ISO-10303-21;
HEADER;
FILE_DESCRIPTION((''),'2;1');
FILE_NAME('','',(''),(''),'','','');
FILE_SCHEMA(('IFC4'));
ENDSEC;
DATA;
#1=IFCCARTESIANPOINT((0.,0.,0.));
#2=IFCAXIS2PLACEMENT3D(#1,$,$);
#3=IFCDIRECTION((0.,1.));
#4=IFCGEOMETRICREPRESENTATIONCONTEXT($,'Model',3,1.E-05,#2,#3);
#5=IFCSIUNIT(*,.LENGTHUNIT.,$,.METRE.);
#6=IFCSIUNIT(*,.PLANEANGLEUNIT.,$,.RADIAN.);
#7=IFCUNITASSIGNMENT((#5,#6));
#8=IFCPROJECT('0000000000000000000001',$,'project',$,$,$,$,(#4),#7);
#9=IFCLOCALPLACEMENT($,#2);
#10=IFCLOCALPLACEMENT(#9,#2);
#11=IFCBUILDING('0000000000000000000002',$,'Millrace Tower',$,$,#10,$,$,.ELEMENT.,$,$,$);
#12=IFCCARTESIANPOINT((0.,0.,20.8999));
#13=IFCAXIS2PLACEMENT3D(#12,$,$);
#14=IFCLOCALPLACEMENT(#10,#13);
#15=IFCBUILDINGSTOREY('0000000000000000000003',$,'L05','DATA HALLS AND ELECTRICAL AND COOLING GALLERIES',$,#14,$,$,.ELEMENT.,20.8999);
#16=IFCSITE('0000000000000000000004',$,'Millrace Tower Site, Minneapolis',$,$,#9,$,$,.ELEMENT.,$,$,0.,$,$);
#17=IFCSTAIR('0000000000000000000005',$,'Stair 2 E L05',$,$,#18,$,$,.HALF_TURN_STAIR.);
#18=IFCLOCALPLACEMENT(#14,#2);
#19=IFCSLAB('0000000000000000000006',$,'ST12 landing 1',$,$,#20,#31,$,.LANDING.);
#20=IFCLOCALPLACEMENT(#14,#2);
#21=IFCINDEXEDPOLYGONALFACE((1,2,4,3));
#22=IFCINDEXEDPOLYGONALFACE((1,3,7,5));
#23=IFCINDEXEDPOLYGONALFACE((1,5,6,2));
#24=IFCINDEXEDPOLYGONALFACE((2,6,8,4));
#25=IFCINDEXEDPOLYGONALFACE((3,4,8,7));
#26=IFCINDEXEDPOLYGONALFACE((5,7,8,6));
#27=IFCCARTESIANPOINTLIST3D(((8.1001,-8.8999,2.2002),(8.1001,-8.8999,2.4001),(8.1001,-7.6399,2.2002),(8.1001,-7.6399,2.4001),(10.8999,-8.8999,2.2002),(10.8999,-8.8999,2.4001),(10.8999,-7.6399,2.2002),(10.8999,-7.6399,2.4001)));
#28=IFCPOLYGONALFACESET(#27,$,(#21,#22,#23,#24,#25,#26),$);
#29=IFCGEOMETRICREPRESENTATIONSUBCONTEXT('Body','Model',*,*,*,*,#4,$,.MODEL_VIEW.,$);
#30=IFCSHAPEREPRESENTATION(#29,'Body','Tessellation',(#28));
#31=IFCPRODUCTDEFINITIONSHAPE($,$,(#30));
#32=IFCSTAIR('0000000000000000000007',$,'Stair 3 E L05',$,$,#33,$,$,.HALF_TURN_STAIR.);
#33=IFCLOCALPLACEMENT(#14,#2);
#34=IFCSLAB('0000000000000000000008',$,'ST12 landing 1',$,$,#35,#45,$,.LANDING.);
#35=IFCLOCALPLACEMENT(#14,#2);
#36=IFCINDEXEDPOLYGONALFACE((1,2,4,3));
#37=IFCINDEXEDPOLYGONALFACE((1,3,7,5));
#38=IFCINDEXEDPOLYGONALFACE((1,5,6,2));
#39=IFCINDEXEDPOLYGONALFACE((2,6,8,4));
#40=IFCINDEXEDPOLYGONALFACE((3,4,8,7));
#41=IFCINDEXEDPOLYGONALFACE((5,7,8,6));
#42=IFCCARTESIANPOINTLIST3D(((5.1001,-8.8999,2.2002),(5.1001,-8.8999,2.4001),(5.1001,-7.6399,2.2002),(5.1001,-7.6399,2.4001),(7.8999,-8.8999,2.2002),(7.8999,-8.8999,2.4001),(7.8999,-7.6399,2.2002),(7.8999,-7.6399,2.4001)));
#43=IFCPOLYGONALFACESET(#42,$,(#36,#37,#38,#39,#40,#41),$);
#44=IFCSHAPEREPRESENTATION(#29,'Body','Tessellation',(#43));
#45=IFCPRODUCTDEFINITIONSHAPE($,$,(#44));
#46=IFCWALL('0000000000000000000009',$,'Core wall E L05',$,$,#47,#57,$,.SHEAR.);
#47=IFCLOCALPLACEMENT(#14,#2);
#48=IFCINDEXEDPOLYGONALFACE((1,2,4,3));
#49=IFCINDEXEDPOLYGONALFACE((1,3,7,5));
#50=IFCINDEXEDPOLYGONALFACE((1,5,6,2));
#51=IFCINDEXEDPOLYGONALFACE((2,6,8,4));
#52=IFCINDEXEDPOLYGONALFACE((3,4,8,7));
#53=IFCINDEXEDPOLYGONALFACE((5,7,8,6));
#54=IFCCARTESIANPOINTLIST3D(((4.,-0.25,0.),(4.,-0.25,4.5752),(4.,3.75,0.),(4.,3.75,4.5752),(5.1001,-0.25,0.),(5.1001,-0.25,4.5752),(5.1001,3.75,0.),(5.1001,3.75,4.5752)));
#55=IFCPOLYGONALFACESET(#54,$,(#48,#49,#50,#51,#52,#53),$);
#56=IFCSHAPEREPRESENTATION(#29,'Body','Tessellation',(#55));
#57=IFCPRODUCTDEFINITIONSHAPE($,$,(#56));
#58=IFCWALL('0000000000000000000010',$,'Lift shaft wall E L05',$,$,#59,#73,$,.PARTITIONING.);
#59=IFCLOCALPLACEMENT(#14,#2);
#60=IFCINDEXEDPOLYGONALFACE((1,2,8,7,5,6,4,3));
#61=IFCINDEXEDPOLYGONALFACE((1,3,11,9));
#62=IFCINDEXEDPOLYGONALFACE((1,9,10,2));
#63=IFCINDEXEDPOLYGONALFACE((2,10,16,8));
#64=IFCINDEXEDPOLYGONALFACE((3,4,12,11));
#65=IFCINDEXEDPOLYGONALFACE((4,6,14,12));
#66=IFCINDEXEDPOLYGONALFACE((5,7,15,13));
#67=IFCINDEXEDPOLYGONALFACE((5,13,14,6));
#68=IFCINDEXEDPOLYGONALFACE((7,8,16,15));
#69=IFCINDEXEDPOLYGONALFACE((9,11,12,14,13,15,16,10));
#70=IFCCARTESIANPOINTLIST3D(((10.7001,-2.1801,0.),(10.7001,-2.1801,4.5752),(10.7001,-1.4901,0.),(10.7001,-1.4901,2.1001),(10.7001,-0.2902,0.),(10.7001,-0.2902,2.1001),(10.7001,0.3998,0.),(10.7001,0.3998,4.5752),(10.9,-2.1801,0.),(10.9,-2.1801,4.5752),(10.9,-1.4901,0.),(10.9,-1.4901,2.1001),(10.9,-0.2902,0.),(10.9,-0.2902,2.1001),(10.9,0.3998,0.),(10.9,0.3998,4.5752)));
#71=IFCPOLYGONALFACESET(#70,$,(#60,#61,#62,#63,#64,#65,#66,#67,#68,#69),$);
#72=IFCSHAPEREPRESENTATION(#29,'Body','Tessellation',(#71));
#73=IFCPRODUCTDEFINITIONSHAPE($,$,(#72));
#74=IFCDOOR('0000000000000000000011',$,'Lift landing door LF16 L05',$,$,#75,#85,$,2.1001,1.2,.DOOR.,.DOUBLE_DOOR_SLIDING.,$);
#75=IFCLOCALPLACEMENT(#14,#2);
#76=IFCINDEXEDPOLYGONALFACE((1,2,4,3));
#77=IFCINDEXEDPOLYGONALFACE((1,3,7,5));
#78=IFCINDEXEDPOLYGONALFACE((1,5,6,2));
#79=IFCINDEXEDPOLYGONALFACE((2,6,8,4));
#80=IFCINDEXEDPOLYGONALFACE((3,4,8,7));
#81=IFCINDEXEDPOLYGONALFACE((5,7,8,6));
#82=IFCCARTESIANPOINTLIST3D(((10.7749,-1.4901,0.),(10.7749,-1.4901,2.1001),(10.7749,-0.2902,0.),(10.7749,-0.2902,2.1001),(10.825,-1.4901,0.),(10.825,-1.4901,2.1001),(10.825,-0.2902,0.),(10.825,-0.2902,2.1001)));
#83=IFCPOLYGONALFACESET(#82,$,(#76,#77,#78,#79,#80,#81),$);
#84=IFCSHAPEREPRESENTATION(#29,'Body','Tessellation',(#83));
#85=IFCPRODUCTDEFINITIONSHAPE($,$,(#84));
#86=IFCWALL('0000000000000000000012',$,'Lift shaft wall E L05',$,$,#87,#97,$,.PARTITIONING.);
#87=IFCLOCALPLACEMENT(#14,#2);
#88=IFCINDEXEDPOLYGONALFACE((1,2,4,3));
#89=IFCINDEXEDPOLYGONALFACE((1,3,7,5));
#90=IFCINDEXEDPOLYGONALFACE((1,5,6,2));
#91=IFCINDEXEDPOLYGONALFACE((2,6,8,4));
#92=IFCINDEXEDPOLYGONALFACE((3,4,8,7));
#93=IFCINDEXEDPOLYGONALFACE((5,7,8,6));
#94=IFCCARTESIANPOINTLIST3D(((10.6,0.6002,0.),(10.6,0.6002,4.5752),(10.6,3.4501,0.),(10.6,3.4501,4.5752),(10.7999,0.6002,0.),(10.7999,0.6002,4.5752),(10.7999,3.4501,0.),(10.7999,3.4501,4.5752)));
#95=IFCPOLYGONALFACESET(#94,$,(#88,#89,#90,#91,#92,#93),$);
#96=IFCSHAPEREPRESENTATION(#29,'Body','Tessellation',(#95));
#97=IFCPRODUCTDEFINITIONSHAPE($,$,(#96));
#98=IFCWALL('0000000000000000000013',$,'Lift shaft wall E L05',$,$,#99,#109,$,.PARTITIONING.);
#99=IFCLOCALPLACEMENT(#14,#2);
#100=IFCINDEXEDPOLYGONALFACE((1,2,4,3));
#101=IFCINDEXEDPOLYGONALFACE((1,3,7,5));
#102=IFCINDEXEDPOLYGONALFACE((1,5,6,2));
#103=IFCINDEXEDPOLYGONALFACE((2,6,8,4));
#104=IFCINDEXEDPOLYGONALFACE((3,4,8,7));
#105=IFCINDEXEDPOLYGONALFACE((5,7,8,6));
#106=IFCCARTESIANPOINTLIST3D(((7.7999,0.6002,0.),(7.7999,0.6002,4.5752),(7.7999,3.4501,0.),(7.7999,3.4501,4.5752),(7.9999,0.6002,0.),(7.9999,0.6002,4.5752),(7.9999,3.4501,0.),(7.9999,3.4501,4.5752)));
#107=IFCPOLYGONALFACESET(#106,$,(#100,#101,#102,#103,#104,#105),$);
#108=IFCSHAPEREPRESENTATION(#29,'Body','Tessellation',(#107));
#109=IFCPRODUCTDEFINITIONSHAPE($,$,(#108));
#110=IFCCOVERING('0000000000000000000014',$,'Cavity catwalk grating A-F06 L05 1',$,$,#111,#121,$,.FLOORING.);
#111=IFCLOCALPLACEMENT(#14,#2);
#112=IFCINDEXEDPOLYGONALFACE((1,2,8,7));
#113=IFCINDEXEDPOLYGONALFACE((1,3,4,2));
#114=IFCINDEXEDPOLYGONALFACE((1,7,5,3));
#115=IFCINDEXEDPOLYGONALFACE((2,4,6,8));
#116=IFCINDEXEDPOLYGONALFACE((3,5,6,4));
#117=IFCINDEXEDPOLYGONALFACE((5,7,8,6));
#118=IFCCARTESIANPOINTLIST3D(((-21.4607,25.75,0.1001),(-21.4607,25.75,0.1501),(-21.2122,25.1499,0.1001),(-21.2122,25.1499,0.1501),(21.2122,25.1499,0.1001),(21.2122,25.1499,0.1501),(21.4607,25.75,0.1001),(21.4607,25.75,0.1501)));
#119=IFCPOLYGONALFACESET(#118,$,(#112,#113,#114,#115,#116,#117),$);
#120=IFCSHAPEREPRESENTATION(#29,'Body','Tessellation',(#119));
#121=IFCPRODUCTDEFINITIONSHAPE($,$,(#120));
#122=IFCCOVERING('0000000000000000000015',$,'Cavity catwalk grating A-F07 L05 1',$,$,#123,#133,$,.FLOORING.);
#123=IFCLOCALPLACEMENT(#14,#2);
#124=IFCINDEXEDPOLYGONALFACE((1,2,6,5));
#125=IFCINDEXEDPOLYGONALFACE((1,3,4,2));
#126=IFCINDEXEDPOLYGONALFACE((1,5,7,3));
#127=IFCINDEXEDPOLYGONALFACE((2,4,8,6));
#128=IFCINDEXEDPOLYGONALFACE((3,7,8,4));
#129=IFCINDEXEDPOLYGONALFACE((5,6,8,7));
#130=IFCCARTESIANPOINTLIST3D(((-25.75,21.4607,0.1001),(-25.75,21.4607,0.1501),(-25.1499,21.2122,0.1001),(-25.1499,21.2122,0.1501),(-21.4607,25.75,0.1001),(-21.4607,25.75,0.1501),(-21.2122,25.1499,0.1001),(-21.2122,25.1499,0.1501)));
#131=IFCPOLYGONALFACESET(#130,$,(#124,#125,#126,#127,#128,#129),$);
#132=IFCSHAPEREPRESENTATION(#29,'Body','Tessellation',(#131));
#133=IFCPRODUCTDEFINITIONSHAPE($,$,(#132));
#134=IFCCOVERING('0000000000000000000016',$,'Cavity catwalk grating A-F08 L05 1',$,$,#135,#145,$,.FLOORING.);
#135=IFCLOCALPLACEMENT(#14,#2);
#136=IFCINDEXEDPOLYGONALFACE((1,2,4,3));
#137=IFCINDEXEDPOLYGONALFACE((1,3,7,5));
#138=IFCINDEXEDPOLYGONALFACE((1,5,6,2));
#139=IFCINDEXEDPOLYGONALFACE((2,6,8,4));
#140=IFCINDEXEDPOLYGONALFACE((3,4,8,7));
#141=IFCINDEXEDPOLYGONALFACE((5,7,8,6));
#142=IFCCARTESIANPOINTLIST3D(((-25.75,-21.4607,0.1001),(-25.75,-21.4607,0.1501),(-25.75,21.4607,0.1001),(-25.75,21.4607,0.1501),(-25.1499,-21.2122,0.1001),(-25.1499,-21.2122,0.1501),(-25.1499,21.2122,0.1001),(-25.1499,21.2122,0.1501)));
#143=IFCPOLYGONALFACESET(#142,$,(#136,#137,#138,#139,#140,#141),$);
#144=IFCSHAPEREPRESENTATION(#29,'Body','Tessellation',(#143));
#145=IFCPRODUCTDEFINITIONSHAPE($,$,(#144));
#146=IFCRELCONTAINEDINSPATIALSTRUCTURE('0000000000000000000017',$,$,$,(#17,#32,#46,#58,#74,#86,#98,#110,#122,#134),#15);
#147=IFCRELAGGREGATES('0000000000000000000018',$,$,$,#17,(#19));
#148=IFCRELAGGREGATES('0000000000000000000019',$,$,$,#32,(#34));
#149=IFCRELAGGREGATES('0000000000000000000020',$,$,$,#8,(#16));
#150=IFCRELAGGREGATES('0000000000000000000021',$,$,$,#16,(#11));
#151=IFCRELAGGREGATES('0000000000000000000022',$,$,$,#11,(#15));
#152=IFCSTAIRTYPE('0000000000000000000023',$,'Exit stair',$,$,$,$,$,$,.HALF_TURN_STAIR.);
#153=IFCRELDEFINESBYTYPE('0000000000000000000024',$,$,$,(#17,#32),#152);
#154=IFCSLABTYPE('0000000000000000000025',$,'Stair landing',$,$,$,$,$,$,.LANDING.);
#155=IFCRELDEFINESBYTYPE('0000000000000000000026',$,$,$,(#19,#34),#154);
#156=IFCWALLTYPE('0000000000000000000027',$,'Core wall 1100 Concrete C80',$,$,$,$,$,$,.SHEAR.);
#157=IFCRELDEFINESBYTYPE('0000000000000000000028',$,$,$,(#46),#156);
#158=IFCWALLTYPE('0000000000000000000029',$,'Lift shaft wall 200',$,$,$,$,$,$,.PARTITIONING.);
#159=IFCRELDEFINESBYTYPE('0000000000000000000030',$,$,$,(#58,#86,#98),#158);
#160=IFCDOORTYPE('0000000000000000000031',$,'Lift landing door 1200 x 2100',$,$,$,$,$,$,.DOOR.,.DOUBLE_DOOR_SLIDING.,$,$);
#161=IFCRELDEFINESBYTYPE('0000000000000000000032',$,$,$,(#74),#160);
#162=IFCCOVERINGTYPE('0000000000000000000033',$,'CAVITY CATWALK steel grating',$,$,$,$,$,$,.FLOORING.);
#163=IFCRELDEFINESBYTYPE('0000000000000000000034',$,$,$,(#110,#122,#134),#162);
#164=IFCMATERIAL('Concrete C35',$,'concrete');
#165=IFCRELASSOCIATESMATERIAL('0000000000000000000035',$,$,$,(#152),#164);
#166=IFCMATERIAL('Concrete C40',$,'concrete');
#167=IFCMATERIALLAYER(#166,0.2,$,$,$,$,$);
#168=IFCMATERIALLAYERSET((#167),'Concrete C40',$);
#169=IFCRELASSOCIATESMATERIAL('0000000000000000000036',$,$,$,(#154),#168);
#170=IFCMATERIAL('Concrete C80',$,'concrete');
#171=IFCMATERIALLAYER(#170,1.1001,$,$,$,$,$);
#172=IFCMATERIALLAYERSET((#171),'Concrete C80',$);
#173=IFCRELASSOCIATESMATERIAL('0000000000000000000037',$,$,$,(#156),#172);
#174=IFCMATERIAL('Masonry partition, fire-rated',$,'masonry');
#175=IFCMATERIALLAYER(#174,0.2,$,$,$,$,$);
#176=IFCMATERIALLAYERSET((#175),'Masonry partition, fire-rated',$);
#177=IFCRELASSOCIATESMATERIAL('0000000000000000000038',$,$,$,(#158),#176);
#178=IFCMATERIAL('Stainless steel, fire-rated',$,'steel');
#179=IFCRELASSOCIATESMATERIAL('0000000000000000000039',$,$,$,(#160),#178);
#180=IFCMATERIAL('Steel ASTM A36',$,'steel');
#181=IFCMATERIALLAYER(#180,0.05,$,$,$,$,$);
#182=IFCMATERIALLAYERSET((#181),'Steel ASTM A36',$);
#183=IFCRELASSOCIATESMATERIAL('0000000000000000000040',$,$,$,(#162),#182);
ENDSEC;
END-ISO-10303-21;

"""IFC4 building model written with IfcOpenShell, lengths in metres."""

from ifc_helpers import new_model, si_unit, direction, frame, frame_2d, origin, place, context, subcontext, project, spatial, polyline, rectangle, outline, extrude, material, layer, layer_set, type_object, element, fill, aggregate, save


model = new_model("IFC4")

# Units and contexts
model_context = context("Model", 3, precision=1e-05, world=origin(), true_north=direction((0.0, 1.0)))
body_context = subcontext(model_context, "Body", "Model", "MODEL_VIEW")
ifc_project = project(units=[si_unit("LENGTHUNIT", "METRE"), si_unit("PLANEANGLEUNIT", "RADIAN")], contexts=[model_context])

# Site, building, storey
site_placement = place(None, origin())
site = spatial("IfcSite", under=ifc_project, at=site_placement, Name="Millrace Tower Site, Minneapolis", CompositionType="ELEMENT", RefElevation=0.0)
building_placement = place(site_placement, origin())
building = spatial("IfcBuilding", under=site, at=building_placement, Name="Millrace Tower", CompositionType="ELEMENT")
storey_placement = place(building_placement, frame((0.0, 0.0, 20.8999)))
storey = spatial("IfcBuildingStorey", under=building, at=storey_placement, Name="L05", Description="DATA HALLS AND ELECTRICAL AND COOLING GALLERIES", CompositionType="ELEMENT", Elevation=20.8999)

# Shared definitions
placement_1 = place(storey_placement, origin())

# Stairs, slabs
ifc_material_1 = material(Name="Concrete C35", Category="concrete")
stair_type = type_object("IfcStairType", Name="Exit stair", PredefinedType="HALF_TURN_STAIR", material=ifc_material_1)
ifc_material_2 = material(Name="Concrete C40", Category="concrete")
ifc_layer_1 = layer(ifc_material_2, 0.2)
ifc_layer_set_1 = layer_set([ifc_layer_1], Name="Concrete C40")
slab_type = type_object("IfcSlabType", Name="Stair landing", PredefinedType="LANDING", material=ifc_layer_set_1)
placement_2 = place(storey_placement, frame((0.0, 0.0, 2.2002)))
stair_1 = element("IfcStair", 1, at=placement_1, inside=storey, type_object=stair_type, Name="Stair 2 E L05", PredefinedType="HALF_TURN_STAIR")
slab_1 = element("IfcSlab", 2, at=placement_2, type_object=slab_type, Name="ST12 landing 1", PredefinedType="LANDING", context=body_context, shape_type="SweptSolid", body=[
    extrude(outline(polyline([(8.1001, -8.8999), (10.8999, -8.8999), (10.8999, -7.6399), (8.1001, -7.6399), (8.1001, -8.8999)])), origin(), (0.0, 0.0, 1.0), 0.2),
])
aggregate(stair_1, [slab_1])
stair_2 = element("IfcStair", 3, at=placement_1, inside=storey, type_object=stair_type, Name="Stair 3 E L05", PredefinedType="HALF_TURN_STAIR")
slab_2 = element("IfcSlab", 4, at=placement_2, type_object=slab_type, Name="ST12 landing 1", PredefinedType="LANDING", context=body_context, shape_type="SweptSolid", body=[
    extrude(outline(polyline([(5.1001, -8.8999), (7.8999, -8.8999), (7.8999, -7.6399), (5.1001, -7.6399), (5.1001, -8.8999)])), origin(), (0.0, 0.0, 1.0), 0.2),
])
aggregate(stair_2, [slab_2])

# Wall
ifc_material_3 = material(Name="Concrete C80", Category="concrete")
ifc_layer_2 = layer(ifc_material_3, 1.1001)
ifc_layer_set_2 = layer_set([ifc_layer_2], Name="Concrete C80")
wall_type_1 = type_object("IfcWallType", Name="Core wall 1100 Concrete C80", PredefinedType="SHEAR", material=ifc_layer_set_2)
wall_1_placement = place(storey_placement, frame((4.55, 3.75, 0.0), z_axis=(0.0, 0.0, 1.0), x_axis=(0.0, -1.0, 0.0)))
element("IfcWall", 5, at=wall_1_placement, inside=storey, type_object=wall_type_1, Name="Core wall E L05", PredefinedType="SHEAR", context=body_context, shape_type="SweptSolid", body=[
    extrude(rectangle(XDim=4.0, YDim=1.1001, at=frame_2d((2.0, 0.0))), origin(), (0.0, 0.0, 1.0), 4.5752),
])

# Wall, opening, door
ifc_material_4 = material(Name="Masonry partition, fire-rated", Category="masonry")
ifc_layer_3 = layer(ifc_material_4, 0.2)
ifc_layer_set_3 = layer_set([ifc_layer_3], Name="Masonry partition, fire-rated")
wall_type_2 = type_object("IfcWallType", Name="Lift shaft wall 200", PredefinedType="PARTITIONING", material=ifc_layer_set_3)
wall_2_placement = place(storey_placement, frame((10.8, 0.3999, 0.0), z_axis=(0.0, 0.0, 1.0), x_axis=(0.0, -1.0, 0.0)))
wall_2 = element("IfcWall", 6, at=wall_2_placement, inside=storey, type_object=wall_type_2, Name="Lift shaft wall E L05", PredefinedType="PARTITIONING", context=body_context, shape_type="SweptSolid", body=[
    extrude(rectangle(XDim=2.5798, YDim=0.2, at=frame_2d((1.29, 0.0))), origin(), (0.0, 0.0, 1.0), 4.5752),
])
opening_placement = place(wall_2_placement, frame((0.6899, 0.0, 0.0)))
opening = element("IfcOpeningElement", 7, at=opening_placement, cuts=wall_2, PredefinedType="OPENING", context=body_context, shape_type="SweptSolid", body=[
    extrude(rectangle(XDim=1.2, YDim=2.1001, at=frame_2d((0.6001, 1.05))), frame((0.0, 0.1099, 0.0), z_axis=(0.0, -1.0, 0.0), x_axis=(1.0, 0.0, 0.0)), (0.0, 0.0, 1.0), 0.22),
])
ifc_material_5 = material(Name="Stainless steel, fire-rated", Category="steel")
door_type = type_object("IfcDoorType", Name="Lift landing door 1200 x 2100", OperationType="DOUBLE_DOOR_SLIDING", PredefinedType="DOOR", material=ifc_material_5)
door_placement = place(opening_placement, origin())
door = element("IfcDoor", 8, at=door_placement, inside=storey, type_object=door_type, Name="Lift landing door LF16 L05", OperationType="DOUBLE_DOOR_SLIDING", OverallHeight=2.1001, OverallWidth=1.2, PredefinedType="DOOR", context=body_context, shape_type="SweptSolid", body=[
    extrude(rectangle(XDim=1.2, YDim=2.1001, at=frame_2d((0.6001, 1.05))), frame((0.0, 0.0249, 0.0), z_axis=(0.0, -1.0, 0.0), x_axis=(1.0, 0.0, 0.0)), (0.0, 0.0, 1.0), 0.05),
])
fill(opening, door)

# Walls
for number, where, z_axis, x_axis, name in (
    (9, (10.7, 3.45, 0.0), (0.0, 0.0, 1.0), (0.0, -1.0, 0.0), "Lift shaft wall E L05"),
    (10, (7.8999, 3.45, 0.0), (0.0, 0.0, 1.0), (0.0, -1.0, 0.0), "Lift shaft wall E L05"),
):
    element("IfcWall", number, at=place(storey_placement, frame(where, z_axis=z_axis, x_axis=x_axis)), inside=storey, type_object=wall_type_2, Name=name, PredefinedType="PARTITIONING", context=body_context, shape_type="SweptSolid", body=[
        extrude(rectangle(XDim=2.8499, YDim=0.2, at=frame_2d((1.4248, 0.0))), origin(), (0.0, 0.0, 1.0), 4.5752),
    ])

# Coverings
ifc_material_6 = material(Name="Steel ASTM A36", Category="steel")
ifc_layer_4 = layer(ifc_material_6, 0.05)
ifc_layer_set_4 = layer_set([ifc_layer_4], Name="Steel ASTM A36")
covering_type = type_object("IfcCoveringType", Name="CAVITY CATWALK steel grating", PredefinedType="FLOORING", material=ifc_layer_set_4)
placement_3 = place(storey_placement, frame((0.0, 0.0, 0.1001)))
element("IfcCovering", 11, at=placement_3, inside=storey, type_object=covering_type, Name="Cavity catwalk grating A-F06 L05 1", PredefinedType="FLOORING", context=body_context, shape_type="SweptSolid", body=[
    extrude(outline(polyline([(21.4607, 25.75), (-21.4607, 25.75), (-21.2122, 25.1499), (21.2122, 25.1499), (21.4607, 25.75)])), origin(), (0.0, 0.0, 1.0), 0.05),
])
element("IfcCovering", 12, at=placement_3, inside=storey, type_object=covering_type, Name="Cavity catwalk grating A-F07 L05 1", PredefinedType="FLOORING", context=body_context, shape_type="SweptSolid", body=[
    extrude(outline(polyline([(-21.4607, 25.75), (-25.75, 21.4607), (-25.1499, 21.2122), (-21.2122, 25.1499), (-21.4607, 25.75)])), origin(), (0.0, 0.0, 1.0), 0.05),
])
element("IfcCovering", 13, at=placement_3, inside=storey, type_object=covering_type, Name="Cavity catwalk grating A-F08 L05 1", PredefinedType="FLOORING", context=body_context, shape_type="SweptSolid", body=[
    extrude(outline(polyline([(-25.75, 21.4607), (-25.75, -21.4607), (-25.1499, -21.2122), (-25.1499, 21.2122), (-25.75, 21.4607)])), origin(), (0.0, 0.0, 1.0), 0.05),
])

save(model, "model.ifc")
